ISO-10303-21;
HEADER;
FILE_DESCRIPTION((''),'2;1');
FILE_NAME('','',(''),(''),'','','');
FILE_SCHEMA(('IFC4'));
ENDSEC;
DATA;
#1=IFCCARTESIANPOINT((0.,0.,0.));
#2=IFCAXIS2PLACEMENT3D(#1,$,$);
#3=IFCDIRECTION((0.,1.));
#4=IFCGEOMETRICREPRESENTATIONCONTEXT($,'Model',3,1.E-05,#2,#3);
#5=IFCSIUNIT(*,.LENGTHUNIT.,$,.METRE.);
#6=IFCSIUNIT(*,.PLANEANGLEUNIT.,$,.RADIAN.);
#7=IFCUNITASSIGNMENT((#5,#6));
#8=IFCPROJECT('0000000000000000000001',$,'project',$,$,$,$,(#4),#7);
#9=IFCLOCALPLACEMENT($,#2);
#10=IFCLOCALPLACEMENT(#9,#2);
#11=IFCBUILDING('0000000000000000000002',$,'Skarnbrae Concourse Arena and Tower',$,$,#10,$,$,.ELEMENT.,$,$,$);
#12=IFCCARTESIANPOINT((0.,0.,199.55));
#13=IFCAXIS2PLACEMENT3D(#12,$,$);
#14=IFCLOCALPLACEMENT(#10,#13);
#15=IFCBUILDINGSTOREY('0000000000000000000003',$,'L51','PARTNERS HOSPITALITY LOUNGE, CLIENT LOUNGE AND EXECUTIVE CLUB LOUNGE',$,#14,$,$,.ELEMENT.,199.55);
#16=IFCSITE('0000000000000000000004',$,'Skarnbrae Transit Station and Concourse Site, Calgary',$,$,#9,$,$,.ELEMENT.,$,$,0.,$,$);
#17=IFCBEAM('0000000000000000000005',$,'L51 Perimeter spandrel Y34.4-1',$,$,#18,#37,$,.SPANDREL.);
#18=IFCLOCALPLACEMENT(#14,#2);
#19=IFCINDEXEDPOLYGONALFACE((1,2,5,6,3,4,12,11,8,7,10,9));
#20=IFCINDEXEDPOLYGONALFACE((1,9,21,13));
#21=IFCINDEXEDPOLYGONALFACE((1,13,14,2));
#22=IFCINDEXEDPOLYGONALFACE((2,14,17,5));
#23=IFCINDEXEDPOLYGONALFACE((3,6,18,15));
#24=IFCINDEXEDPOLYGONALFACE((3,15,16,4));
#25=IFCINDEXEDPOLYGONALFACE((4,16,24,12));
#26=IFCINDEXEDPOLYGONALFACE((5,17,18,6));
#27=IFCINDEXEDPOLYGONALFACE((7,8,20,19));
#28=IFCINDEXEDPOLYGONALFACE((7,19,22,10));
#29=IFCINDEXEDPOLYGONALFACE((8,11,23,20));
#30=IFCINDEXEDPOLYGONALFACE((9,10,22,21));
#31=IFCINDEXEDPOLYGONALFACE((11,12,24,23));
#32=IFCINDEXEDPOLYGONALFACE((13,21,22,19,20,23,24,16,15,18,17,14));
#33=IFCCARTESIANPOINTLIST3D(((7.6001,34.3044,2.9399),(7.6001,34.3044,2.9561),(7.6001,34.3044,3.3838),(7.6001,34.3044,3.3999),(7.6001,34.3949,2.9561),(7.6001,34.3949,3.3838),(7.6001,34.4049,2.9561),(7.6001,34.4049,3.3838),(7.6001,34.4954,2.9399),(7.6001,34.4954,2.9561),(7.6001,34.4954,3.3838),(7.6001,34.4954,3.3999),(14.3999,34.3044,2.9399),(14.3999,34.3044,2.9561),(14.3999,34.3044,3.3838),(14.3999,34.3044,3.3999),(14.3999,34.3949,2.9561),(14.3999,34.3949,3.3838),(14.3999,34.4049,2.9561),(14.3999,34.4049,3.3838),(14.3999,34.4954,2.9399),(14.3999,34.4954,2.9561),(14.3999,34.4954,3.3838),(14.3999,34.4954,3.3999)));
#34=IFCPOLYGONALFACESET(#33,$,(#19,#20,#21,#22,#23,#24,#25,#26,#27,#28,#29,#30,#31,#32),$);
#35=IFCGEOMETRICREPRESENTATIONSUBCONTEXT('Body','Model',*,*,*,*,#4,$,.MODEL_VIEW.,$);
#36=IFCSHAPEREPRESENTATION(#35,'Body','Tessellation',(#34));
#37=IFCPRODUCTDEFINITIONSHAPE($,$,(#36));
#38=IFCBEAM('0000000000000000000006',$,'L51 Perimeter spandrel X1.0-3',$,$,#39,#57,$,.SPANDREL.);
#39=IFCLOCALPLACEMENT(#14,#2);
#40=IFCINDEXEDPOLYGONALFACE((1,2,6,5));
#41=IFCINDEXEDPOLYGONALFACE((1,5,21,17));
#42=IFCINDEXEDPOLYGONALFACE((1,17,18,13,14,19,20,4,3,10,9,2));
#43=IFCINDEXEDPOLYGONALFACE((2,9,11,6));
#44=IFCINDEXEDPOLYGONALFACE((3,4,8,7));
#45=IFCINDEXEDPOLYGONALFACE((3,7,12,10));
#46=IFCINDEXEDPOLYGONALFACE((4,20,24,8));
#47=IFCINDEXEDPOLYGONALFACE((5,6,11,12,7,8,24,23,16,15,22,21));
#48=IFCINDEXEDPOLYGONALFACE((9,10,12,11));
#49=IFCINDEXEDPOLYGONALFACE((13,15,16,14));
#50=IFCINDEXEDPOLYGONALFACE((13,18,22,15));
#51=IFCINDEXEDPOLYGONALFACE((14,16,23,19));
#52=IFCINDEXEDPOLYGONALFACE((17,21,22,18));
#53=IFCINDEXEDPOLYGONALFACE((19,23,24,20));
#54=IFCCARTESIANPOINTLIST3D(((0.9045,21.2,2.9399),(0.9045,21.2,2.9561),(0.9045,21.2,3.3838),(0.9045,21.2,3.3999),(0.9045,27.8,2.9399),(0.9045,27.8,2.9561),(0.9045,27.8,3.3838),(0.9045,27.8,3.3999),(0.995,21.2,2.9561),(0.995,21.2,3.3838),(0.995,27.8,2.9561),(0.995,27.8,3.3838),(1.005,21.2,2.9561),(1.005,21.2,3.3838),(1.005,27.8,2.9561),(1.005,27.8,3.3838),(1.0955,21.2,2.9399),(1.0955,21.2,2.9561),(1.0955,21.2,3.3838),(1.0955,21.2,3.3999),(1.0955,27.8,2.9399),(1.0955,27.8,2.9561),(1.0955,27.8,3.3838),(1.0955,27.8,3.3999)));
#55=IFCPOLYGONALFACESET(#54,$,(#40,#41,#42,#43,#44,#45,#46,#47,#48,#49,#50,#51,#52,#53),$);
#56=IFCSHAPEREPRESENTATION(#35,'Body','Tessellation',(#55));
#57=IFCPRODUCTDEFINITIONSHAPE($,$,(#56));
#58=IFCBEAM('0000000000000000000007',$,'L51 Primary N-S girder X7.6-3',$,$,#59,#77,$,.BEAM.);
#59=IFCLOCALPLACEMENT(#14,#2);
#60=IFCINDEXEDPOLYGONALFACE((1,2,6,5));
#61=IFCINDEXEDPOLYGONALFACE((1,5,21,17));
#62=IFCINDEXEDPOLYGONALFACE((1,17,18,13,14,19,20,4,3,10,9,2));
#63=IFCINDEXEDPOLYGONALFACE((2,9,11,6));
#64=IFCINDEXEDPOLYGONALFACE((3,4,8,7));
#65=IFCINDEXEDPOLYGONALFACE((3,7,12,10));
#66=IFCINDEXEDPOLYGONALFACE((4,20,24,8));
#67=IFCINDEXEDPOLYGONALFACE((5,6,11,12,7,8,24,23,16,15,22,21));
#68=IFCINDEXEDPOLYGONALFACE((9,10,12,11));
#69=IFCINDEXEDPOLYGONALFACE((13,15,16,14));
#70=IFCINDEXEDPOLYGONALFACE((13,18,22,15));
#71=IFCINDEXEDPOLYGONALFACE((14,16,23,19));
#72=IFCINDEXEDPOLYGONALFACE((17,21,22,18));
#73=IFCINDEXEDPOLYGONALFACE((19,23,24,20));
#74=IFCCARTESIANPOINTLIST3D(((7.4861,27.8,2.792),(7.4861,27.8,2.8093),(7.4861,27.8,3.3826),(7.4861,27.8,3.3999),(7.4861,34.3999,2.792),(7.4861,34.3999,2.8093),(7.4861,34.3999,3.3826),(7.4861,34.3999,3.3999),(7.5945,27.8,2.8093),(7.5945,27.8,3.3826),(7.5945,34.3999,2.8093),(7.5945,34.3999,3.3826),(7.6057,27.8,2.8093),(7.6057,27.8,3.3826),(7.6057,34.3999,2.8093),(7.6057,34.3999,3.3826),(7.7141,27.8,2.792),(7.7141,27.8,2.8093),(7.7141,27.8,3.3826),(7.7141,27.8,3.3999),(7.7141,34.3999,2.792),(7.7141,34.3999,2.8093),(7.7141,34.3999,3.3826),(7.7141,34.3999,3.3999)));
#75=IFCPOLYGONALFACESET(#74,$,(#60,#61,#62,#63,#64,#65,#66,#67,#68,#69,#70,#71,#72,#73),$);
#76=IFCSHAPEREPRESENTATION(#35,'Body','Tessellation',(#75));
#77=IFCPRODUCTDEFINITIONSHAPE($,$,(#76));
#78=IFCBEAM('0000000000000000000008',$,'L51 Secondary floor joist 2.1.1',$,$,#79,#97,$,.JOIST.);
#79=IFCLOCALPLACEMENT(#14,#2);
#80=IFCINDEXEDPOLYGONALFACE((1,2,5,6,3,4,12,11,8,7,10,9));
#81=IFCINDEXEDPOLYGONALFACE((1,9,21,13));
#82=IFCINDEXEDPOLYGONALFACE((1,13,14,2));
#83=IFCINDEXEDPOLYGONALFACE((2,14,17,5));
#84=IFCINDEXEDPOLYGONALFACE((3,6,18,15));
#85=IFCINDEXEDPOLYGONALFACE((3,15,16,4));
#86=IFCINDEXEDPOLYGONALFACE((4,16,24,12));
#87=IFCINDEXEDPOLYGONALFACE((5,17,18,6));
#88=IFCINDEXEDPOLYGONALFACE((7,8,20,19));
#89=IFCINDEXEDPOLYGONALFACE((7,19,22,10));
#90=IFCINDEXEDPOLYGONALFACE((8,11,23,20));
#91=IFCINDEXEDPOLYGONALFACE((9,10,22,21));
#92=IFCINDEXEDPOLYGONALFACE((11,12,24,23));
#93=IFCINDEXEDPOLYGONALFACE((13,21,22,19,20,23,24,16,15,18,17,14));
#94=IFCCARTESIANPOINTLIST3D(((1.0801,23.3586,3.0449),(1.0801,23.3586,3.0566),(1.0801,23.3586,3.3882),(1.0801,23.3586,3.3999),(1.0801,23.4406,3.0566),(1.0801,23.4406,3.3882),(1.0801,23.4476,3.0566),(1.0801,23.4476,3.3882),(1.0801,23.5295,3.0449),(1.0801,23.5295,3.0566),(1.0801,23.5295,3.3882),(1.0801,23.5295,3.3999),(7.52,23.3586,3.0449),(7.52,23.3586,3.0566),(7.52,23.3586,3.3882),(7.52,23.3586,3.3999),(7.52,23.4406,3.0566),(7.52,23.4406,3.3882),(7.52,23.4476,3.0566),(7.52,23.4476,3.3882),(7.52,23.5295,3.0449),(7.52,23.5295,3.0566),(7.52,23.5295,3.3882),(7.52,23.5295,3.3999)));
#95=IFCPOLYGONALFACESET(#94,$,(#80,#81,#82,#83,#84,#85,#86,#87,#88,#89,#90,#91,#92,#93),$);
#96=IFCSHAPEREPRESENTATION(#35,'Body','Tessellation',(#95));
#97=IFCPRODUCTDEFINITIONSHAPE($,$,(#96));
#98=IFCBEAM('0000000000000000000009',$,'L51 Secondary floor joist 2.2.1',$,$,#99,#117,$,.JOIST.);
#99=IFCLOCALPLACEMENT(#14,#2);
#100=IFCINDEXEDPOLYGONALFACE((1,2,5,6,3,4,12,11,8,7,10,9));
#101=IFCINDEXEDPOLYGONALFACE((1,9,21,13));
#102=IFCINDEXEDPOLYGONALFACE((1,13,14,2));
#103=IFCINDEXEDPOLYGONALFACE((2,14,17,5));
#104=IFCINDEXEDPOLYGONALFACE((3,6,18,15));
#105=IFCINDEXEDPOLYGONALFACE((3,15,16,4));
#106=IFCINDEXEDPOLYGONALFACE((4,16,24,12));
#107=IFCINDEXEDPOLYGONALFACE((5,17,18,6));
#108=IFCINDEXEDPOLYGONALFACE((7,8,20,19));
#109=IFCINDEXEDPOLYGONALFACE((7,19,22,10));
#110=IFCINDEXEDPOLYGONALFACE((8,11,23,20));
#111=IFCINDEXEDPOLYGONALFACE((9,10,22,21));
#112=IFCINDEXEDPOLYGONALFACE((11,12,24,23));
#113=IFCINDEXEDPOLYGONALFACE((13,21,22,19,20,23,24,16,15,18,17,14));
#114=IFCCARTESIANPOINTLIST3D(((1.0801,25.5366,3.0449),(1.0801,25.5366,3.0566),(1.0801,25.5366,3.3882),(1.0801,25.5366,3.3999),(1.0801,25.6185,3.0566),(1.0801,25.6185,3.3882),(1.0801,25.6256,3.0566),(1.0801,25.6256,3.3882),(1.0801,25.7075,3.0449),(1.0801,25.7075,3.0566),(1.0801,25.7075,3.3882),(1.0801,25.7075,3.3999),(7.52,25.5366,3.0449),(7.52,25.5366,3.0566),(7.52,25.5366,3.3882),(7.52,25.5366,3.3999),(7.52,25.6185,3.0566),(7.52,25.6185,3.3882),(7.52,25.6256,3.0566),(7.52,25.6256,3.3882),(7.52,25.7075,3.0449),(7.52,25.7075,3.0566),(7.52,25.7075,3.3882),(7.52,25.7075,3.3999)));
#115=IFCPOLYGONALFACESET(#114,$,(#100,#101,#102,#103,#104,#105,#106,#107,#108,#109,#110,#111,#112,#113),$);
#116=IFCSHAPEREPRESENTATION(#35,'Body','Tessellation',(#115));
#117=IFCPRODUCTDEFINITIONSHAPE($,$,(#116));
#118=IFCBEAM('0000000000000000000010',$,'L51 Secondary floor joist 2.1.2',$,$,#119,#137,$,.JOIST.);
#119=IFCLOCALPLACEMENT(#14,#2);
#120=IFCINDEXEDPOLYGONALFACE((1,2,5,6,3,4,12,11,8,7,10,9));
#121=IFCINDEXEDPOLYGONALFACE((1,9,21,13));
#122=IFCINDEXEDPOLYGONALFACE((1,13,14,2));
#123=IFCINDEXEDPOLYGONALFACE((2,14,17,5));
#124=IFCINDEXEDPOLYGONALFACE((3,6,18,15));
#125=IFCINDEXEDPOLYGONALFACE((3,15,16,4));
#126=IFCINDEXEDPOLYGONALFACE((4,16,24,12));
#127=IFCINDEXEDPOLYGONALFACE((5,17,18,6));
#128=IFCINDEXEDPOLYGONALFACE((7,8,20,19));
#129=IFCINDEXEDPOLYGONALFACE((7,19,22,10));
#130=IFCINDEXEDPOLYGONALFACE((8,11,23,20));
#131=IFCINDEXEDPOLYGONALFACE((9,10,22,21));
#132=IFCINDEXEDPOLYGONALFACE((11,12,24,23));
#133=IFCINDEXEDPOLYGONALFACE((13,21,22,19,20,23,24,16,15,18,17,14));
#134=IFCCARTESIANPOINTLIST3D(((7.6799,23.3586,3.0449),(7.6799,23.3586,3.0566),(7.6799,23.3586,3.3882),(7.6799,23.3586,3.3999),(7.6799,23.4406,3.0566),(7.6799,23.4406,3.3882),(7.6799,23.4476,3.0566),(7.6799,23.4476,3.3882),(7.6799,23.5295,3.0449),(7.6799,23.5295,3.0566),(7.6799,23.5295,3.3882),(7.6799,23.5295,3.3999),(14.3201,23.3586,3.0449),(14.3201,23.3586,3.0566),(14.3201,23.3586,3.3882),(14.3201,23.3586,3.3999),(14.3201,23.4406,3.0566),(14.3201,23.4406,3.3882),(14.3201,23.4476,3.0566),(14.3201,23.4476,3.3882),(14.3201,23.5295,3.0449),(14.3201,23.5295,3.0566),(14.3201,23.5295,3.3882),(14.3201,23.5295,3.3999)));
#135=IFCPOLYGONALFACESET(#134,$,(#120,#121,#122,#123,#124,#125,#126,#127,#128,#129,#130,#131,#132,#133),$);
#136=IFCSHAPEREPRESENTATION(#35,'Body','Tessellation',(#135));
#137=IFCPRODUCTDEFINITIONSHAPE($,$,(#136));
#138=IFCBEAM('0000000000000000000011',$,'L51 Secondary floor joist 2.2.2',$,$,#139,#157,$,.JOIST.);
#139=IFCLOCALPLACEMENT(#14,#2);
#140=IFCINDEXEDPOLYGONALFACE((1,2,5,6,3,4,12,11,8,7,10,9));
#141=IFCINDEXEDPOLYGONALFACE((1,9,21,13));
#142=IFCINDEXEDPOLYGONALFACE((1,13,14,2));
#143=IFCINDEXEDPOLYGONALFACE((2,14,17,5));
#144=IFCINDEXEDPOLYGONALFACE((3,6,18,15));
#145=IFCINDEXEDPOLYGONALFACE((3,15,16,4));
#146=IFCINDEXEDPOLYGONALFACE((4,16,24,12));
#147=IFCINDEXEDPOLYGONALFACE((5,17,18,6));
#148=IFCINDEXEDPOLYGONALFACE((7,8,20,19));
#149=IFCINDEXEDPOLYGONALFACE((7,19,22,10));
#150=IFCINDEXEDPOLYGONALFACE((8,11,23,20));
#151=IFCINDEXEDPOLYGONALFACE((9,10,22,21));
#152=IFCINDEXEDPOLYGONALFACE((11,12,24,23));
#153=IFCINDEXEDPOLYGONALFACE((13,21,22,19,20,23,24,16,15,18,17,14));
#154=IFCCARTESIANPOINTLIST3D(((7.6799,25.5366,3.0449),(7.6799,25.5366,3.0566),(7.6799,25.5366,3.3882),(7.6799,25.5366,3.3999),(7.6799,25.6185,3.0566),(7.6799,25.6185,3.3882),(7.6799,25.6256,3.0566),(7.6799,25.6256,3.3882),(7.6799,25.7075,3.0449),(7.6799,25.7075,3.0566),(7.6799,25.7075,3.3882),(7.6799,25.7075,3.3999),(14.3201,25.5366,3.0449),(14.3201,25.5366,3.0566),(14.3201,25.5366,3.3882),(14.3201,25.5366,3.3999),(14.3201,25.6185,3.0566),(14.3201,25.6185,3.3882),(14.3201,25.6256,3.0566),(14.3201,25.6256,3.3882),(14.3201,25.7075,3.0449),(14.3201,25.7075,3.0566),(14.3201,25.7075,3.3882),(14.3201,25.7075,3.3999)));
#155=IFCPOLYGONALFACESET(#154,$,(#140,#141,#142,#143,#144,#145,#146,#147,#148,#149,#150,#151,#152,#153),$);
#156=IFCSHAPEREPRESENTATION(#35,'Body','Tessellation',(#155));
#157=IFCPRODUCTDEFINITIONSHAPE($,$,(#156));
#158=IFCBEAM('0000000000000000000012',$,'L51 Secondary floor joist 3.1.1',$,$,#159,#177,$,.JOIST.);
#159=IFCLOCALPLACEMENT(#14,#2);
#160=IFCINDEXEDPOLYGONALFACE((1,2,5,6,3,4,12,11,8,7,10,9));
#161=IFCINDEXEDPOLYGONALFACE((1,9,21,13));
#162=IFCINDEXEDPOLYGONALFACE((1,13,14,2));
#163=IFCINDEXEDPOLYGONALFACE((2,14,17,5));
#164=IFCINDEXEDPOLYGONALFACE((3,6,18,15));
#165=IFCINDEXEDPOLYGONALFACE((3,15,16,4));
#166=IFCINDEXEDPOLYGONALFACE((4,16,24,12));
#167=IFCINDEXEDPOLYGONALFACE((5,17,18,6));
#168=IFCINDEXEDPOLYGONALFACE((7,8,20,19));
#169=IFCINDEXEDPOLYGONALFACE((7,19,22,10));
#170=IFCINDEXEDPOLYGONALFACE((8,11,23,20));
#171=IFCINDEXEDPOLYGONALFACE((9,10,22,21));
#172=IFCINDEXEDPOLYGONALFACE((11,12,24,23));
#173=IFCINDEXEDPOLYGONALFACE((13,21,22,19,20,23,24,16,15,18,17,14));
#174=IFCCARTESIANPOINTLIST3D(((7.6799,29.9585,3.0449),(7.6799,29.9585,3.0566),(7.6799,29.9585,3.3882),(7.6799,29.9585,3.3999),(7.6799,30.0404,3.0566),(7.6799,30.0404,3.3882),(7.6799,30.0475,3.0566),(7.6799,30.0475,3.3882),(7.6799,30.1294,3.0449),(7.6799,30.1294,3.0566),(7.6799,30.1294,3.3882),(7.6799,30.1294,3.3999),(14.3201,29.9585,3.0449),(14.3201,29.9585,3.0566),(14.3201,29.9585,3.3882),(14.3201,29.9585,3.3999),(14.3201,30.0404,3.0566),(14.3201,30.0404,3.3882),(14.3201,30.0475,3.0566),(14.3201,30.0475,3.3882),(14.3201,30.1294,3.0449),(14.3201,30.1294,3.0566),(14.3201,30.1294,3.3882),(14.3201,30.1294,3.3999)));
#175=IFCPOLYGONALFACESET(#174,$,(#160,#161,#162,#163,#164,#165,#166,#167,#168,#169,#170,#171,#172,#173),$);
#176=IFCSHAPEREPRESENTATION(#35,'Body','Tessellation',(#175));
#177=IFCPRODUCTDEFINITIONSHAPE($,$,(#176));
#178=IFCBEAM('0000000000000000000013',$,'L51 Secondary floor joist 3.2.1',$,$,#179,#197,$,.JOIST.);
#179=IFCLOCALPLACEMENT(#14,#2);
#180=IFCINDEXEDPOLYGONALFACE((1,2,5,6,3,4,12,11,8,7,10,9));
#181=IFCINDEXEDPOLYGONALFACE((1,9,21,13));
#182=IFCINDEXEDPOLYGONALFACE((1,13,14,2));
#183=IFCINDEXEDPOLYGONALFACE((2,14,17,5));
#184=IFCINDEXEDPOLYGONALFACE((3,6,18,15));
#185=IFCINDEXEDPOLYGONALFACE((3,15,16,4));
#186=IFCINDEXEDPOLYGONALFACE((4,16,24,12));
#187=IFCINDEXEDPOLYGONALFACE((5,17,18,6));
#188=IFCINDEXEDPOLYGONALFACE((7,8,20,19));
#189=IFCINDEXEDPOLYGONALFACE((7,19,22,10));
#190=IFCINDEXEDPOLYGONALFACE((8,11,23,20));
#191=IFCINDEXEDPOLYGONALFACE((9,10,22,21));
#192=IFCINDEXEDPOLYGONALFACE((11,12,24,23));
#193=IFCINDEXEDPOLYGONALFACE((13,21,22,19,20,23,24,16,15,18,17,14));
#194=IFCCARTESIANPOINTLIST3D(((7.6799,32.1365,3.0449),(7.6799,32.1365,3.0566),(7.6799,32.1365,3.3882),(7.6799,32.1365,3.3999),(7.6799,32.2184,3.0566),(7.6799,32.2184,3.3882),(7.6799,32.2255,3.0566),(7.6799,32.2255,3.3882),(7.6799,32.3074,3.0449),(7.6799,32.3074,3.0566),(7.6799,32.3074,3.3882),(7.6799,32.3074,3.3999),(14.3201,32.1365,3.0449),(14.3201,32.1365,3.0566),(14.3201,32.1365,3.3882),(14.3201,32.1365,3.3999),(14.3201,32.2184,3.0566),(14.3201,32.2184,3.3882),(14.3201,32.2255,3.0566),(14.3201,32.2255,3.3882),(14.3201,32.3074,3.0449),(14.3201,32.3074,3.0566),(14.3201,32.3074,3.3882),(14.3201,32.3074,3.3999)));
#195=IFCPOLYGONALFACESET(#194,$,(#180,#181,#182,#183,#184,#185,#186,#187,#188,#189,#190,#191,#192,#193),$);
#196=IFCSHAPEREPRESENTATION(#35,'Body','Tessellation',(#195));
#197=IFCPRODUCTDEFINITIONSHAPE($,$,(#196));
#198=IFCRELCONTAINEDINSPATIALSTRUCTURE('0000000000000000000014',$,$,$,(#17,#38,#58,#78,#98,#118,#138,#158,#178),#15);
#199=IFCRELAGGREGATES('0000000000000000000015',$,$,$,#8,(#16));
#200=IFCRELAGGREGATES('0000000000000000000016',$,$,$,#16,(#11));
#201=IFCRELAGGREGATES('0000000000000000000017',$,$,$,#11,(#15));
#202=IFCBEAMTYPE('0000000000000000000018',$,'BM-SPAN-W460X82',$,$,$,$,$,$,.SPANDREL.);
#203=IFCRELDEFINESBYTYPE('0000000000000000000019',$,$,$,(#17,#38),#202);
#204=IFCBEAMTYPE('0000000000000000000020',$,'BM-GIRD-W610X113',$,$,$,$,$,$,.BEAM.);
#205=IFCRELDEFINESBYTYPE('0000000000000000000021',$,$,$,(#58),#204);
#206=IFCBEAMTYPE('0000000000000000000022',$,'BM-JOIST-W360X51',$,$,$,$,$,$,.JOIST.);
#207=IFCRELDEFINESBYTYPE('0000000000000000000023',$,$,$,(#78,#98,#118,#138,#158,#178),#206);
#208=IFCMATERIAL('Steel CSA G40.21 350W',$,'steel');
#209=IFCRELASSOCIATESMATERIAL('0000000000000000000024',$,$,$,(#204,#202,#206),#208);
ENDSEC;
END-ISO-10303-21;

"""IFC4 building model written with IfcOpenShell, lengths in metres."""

from ifc_helpers import new_model, si_unit, direction, frame, origin, origin_2d, place, context, subcontext, project, spatial, i_section, extrude, source, transform, mapped, material, material_profile, profile_set, type_object, element, save


model = new_model("IFC4")

# Units and contexts
model_context = context("Model", 3, precision=1e-05, world=origin(), true_north=direction((0.0, 1.0)))
body_context = subcontext(model_context, "Body", "Model", "MODEL_VIEW")
ifc_project = project(units=[si_unit("LENGTHUNIT", "METRE"), si_unit("PLANEANGLEUNIT", "RADIAN")], contexts=[model_context])

# Site, building, storey
site_placement = place(None, origin())
site = spatial("IfcSite", under=ifc_project, at=site_placement, Name="Skarnbrae Transit Station and Concourse Site, Calgary", CompositionType="ELEMENT", RefElevation=0.0)
building_placement = place(site_placement, origin())
building = spatial("IfcBuilding", under=site, at=building_placement, Name="Skarnbrae Concourse Arena and Tower", CompositionType="ELEMENT")
storey_placement = place(building_placement, frame((0.0, 0.0, 199.55)))
storey = spatial("IfcBuildingStorey", under=building, at=storey_placement, Name="L51", Description="PARTNERS HOSPITALITY LOUNGE, CLIENT LOUNGE AND EXECUTIVE CLUB LOUNGE", CompositionType="ELEMENT", Elevation=199.55)

# Shared definitions
ifc_material_1 = material(Name="Steel CSA G40.21 350W", Category="steel")

# Beams
ifc_material_profile_1 = material_profile(ifc_material_1, i_section(OverallWidth=0.228, OverallDepth=0.6079, WebThickness=0.0112, FlangeThickness=0.0173, at=origin_2d()), Name="W610X113")
ifc_profile_set_1 = profile_set([ifc_material_profile_1], Name="Steel CSA G40.21 350W")
beam_type_1 = type_object("IfcBeamType", Name="BM-GIRD-W610X113", PredefinedType="BEAM", material=ifc_profile_set_1)
ifc_material_profile_2 = material_profile(ifc_material_1, i_section(OverallWidth=0.1909, OverallDepth=0.46, WebThickness=0.01, FlangeThickness=0.0161, at=origin_2d()), Name="W460X82")
ifc_profile_set_2 = profile_set([ifc_material_profile_2], Name="Steel CSA G40.21 350W")
beam_type_2 = type_object("IfcBeamType", Name="BM-SPAN-W460X82", PredefinedType="SPANDREL", material=ifc_profile_set_2)
shared_shape_1 = source(origin(), body_context, "Body", "SweptSolid", [
    extrude(i_section(OverallWidth=0.1909, OverallDepth=0.46, WebThickness=0.01, FlangeThickness=0.0161, at=origin_2d()), origin(), (0.0, 0.0, 1.0), 6.7998),
])
beam_1_placement = place(storey_placement, frame((7.6001, 34.3999, 3.1699), z_axis=(1.0, 0.0, 0.0), x_axis=(0.0, 1.0, 0.0)))
element("IfcBeam", 1, at=beam_1_placement, inside=storey, type_object=beam_type_2, Name="L51 Perimeter spandrel Y34.4-1", PredefinedType="SPANDREL", context=body_context, shape_type="MappedRepresentation", body=[
    mapped(shared_shape_1, transform((0.0, 0.0, 0.0))),
])
shared_shape_2 = source(origin(), body_context, "Body", "SweptSolid", [
    extrude(i_section(OverallWidth=0.1909, OverallDepth=0.46, WebThickness=0.01, FlangeThickness=0.0161, at=origin_2d()), origin(), (0.0, 0.0, 1.0), 6.6001),
])
beam_2_placement = place(storey_placement, frame((1.0, 21.2, 3.1699), z_axis=(0.0, 1.0, 0.0), x_axis=(-1.0, 0.0, 0.0)))
element("IfcBeam", 2, at=beam_2_placement, inside=storey, type_object=beam_type_2, Name="L51 Perimeter spandrel X1.0-3", PredefinedType="SPANDREL", context=body_context, shape_type="MappedRepresentation", body=[
    mapped(shared_shape_2, transform((0.0, 0.0, 0.0))),
])
shared_shape_3 = source(origin(), body_context, "Body", "SweptSolid", [
    extrude(i_section(OverallWidth=0.228, OverallDepth=0.6079, WebThickness=0.0112, FlangeThickness=0.0173, at=origin_2d()), origin(), (0.0, 0.0, 1.0), 6.5999),
])
beam_3_placement = place(storey_placement, frame((7.6001, 27.8, 3.0959), z_axis=(0.0, 1.0, 0.0), x_axis=(-1.0, 0.0, 0.0)))
element("IfcBeam", 3, at=beam_3_placement, inside=storey, type_object=beam_type_1, Name="L51 Primary N-S girder X7.6-3", PredefinedType="BEAM", context=body_context, shape_type="MappedRepresentation", body=[
    mapped(shared_shape_3, transform((0.0, 0.0, 0.0))),
])
ifc_material_profile_3 = material_profile(ifc_material_1, i_section(OverallWidth=0.1709, OverallDepth=0.355, WebThickness=0.0071, FlangeThickness=0.0117, at=origin_2d()), Name="W360X51")
ifc_profile_set_3 = profile_set([ifc_material_profile_3], Name="Steel CSA G40.21 350W")
beam_type_3 = type_object("IfcBeamType", Name="BM-JOIST-W360X51", PredefinedType="JOIST", material=ifc_profile_set_3)
shared_shape_4 = source(origin(), body_context, "Body", "SweptSolid", [
    extrude(i_section(OverallWidth=0.1709, OverallDepth=0.355, WebThickness=0.0071, FlangeThickness=0.0117, at=origin_2d()), origin(), (0.0, 0.0, 1.0), 6.4399),
])
for number, where, z_axis, x_axis, name in (
    (4, (1.0801, 23.4441, 3.2224), (1.0, 0.0, 0.0), (0.0, 1.0, 0.0), "L51 Secondary floor joist 2.1.1"),
    (5, (1.0801, 25.6221, 3.2224), (1.0, 0.0, 0.0), (0.0, 1.0, 0.0), "L51 Secondary floor joist 2.2.1"),
):
    element("IfcBeam", number, at=place(storey_placement, frame(where, z_axis=z_axis, x_axis=x_axis)), inside=storey, type_object=beam_type_3, Name=name, PredefinedType="JOIST", context=body_context, shape_type="MappedRepresentation", body=[
        mapped(shared_shape_4, transform((0.0, 0.0, 0.0))),
    ])
shared_shape_5 = source(origin(), body_context, "Body", "SweptSolid", [
    extrude(i_section(OverallWidth=0.1709, OverallDepth=0.355, WebThickness=0.0071, FlangeThickness=0.0117, at=origin_2d()), origin(), (0.0, 0.0, 1.0), 6.6401),
])
for number, where, z_axis, x_axis, name in (
    (6, (7.6799, 23.4441, 3.2224), (1.0, 0.0, 0.0), (0.0, 1.0, 0.0), "L51 Secondary floor joist 2.1.2"),
    (7, (7.6799, 25.6221, 3.2224), (1.0, 0.0, 0.0), (0.0, 1.0, 0.0), "L51 Secondary floor joist 2.2.2"),
    (8, (7.6799, 30.0439, 3.2224), (1.0, 0.0, 0.0), (0.0, 1.0, 0.0), "L51 Secondary floor joist 3.1.1"),
    (9, (7.6799, 32.2219, 3.2224), (1.0, 0.0, 0.0), (0.0, 1.0, 0.0), "L51 Secondary floor joist 3.2.1"),
):
    element("IfcBeam", number, at=place(storey_placement, frame(where, z_axis=z_axis, x_axis=x_axis)), inside=storey, type_object=beam_type_3, Name=name, PredefinedType="JOIST", context=body_context, shape_type="MappedRepresentation", body=[
        mapped(shared_shape_5, transform((0.0, 0.0, 0.0))),
    ])

save(model, "model.ifc")
